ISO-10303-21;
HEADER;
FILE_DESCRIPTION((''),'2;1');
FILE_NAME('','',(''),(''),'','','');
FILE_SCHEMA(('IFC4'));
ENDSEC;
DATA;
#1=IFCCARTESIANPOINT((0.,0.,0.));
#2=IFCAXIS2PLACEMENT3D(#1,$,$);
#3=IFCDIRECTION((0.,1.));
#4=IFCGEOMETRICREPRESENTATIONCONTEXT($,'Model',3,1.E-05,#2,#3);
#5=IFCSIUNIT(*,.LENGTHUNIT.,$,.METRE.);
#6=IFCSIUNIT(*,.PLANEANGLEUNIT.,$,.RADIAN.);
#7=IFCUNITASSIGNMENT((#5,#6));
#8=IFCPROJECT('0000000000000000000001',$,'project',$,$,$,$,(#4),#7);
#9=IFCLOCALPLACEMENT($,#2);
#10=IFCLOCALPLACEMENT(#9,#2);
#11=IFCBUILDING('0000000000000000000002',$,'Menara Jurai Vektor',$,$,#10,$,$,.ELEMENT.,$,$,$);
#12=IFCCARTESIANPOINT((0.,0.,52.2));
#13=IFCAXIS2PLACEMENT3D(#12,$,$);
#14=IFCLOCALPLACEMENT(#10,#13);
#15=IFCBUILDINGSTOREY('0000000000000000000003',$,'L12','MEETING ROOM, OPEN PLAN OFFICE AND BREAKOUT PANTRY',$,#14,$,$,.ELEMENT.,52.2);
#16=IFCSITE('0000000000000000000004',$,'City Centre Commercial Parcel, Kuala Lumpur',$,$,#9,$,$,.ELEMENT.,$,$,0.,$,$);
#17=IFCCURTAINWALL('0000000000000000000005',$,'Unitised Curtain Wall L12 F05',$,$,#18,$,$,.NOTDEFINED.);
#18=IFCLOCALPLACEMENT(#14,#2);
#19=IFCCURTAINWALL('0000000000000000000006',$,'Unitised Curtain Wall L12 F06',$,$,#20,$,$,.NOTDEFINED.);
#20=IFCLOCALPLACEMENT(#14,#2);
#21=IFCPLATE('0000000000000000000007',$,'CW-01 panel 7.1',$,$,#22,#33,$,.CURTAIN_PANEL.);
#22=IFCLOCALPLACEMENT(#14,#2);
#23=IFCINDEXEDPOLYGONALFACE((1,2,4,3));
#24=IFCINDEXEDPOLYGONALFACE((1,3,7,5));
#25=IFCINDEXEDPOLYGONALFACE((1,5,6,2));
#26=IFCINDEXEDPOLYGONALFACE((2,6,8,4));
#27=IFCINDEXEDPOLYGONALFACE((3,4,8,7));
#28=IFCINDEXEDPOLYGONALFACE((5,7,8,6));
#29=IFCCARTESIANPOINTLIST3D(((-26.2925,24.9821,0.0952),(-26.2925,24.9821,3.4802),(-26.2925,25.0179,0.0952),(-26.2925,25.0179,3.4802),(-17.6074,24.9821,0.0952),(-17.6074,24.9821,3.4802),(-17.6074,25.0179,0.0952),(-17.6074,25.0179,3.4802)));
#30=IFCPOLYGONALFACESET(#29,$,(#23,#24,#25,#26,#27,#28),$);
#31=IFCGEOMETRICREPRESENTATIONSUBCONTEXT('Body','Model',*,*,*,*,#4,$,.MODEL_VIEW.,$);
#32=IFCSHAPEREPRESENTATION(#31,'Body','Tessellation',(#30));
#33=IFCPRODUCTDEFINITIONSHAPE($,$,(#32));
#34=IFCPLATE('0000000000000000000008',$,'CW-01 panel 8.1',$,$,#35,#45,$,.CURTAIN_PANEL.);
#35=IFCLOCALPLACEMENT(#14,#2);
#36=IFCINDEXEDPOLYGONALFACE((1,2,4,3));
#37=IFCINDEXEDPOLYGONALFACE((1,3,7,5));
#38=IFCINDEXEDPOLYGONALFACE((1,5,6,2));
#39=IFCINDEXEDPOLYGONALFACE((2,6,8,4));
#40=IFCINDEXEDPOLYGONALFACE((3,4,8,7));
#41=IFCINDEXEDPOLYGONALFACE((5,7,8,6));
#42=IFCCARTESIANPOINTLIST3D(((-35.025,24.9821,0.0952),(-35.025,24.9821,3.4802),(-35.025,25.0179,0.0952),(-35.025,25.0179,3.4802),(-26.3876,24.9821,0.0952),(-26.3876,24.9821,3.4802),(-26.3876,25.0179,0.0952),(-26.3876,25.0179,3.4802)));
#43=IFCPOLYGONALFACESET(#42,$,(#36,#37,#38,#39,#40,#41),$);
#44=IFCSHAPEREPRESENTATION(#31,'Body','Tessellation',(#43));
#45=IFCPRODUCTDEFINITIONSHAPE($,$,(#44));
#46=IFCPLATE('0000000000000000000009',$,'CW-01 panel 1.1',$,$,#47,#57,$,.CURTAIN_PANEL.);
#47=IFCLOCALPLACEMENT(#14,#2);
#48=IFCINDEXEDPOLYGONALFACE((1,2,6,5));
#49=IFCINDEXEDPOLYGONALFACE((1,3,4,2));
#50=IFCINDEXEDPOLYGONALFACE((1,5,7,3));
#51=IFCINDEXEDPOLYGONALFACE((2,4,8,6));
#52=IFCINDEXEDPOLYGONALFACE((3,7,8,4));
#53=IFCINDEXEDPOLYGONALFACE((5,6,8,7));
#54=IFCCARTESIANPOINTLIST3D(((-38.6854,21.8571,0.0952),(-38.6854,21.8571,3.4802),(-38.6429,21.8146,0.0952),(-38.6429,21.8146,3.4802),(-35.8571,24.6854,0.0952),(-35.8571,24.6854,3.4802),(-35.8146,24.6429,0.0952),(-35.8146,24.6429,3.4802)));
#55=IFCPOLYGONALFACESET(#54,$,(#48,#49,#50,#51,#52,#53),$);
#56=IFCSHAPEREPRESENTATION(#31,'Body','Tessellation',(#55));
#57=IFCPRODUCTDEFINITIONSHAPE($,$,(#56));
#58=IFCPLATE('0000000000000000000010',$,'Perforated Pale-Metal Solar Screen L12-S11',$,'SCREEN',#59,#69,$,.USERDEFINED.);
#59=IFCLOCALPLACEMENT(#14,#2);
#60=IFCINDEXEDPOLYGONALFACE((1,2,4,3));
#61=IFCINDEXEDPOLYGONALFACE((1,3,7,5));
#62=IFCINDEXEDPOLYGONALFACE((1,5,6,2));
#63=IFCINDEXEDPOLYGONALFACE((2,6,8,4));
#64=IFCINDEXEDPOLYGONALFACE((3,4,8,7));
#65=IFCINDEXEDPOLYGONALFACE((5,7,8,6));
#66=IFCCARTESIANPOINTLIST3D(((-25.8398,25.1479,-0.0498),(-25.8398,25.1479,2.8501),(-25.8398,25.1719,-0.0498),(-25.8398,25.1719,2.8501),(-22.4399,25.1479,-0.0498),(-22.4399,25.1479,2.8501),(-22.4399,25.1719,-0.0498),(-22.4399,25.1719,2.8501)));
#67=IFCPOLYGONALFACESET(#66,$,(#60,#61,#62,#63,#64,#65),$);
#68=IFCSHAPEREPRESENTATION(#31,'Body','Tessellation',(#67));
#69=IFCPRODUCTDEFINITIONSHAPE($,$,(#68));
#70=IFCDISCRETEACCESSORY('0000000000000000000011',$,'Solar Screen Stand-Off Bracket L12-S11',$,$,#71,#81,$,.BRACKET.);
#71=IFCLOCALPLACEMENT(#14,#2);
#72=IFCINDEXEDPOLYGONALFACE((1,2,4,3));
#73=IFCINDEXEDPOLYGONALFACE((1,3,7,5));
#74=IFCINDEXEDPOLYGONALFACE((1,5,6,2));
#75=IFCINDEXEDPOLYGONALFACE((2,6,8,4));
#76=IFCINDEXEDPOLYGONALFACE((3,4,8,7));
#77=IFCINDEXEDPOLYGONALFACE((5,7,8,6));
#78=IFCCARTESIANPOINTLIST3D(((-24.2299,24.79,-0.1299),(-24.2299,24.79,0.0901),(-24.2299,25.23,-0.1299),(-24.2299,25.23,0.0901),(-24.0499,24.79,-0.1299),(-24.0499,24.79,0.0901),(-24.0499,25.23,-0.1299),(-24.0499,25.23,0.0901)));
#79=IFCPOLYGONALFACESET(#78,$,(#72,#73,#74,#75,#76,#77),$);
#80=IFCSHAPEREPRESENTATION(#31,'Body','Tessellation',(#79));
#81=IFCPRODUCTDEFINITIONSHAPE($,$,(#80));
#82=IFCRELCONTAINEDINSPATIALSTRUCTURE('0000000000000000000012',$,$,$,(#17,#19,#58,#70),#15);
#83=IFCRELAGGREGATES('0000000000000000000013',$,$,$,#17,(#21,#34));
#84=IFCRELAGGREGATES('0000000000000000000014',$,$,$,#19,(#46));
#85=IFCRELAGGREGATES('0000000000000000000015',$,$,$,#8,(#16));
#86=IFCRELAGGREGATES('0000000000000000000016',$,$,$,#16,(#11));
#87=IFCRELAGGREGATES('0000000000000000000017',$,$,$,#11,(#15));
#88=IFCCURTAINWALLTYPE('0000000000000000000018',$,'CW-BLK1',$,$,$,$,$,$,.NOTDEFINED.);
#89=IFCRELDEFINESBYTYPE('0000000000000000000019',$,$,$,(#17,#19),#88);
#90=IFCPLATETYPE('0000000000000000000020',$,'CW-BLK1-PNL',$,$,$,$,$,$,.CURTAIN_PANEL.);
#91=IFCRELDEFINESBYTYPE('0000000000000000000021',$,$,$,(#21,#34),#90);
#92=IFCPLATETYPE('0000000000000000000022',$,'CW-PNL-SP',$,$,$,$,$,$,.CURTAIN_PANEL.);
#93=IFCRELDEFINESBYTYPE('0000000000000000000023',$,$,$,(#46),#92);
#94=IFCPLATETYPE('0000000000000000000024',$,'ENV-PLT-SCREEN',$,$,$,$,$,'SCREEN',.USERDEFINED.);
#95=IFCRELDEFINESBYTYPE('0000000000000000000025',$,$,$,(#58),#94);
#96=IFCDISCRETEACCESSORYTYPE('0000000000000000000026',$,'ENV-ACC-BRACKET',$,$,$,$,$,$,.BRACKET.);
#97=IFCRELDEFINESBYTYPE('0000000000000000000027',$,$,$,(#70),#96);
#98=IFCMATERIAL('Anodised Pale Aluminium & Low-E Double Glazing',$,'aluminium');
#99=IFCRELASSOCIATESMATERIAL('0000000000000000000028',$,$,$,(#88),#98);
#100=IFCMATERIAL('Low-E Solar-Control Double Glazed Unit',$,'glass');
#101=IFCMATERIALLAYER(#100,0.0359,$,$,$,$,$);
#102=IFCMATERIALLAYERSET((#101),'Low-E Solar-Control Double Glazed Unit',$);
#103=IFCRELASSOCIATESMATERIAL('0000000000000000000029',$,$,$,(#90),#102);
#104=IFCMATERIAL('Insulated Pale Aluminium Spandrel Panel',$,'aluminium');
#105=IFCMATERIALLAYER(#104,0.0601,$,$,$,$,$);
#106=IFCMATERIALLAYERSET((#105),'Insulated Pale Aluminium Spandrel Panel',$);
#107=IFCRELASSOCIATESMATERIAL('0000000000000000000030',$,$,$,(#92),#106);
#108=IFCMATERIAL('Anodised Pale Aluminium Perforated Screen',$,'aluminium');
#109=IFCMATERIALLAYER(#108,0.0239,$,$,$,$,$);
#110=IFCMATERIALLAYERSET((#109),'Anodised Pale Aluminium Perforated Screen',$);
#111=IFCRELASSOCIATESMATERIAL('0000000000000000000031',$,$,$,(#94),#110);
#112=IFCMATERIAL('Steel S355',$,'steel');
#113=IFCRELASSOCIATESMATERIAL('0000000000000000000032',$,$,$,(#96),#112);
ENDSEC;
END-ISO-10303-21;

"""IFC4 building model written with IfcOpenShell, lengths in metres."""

from ifc_helpers import new_model, si_unit, direction, frame, origin, origin_2d, place, context, subcontext, project, spatial, rectangle, extrude, material, layer, layer_set, type_object, element, aggregate, save


model = new_model("IFC4")

# Units and contexts
model_context = context("Model", 3, precision=1e-05, world=origin(), true_north=direction((0.0, 1.0)))
body_context = subcontext(model_context, "Body", "Model", "MODEL_VIEW")
ifc_project = project(units=[si_unit("LENGTHUNIT", "METRE"), si_unit("PLANEANGLEUNIT", "RADIAN")], contexts=[model_context])

# Site, building, storey
site_placement = place(None, origin())
site = spatial("IfcSite", under=ifc_project, at=site_placement, Name="City Centre Commercial Parcel, Kuala Lumpur", CompositionType="ELEMENT", RefElevation=0.0)
building_placement = place(site_placement, origin())
building = spatial("IfcBuilding", under=site, at=building_placement, Name="Menara Jurai Vektor", CompositionType="ELEMENT")
storey_placement = place(building_placement, frame((0.0, 0.0, 52.2)))
storey = spatial("IfcBuildingStorey", under=building, at=storey_placement, Name="L12", Description="MEETING ROOM, OPEN PLAN OFFICE AND BREAKOUT PANTRY", CompositionType="ELEMENT", Elevation=52.2)

# Curtain walls
ifc_material_1 = material(Name="Anodised Pale Aluminium & Low-E Double Glazing", Category="aluminium")
curtain_wall_type = type_object("IfcCurtainWallType", Name="CW-BLK1", PredefinedType="NOTDEFINED", material=ifc_material_1)
curtain_wall_1_placement = place(storey_placement, origin())
curtain_wall_1 = element("IfcCurtainWall", 1, at=curtain_wall_1_placement, inside=storey, type_object=curtain_wall_type, Name="Unitised Curtain Wall L12 F05", PredefinedType="NOTDEFINED")
curtain_wall_2_placement = place(storey_placement, origin())
curtain_wall_2 = element("IfcCurtainWall", 2, at=curtain_wall_2_placement, inside=storey, type_object=curtain_wall_type, Name="Unitised Curtain Wall L12 F06", PredefinedType="NOTDEFINED")

# Shared definitions
ifc_material_2 = material(Name="Steel S355", Category="steel")

# Plates
ifc_material_3 = material(Name="Low-E Solar-Control Double Glazed Unit", Category="glass")
ifc_layer_1 = layer(ifc_material_3, 0.0359)
ifc_layer_set_1 = layer_set([ifc_layer_1], Name="Low-E Solar-Control Double Glazed Unit")
plate_type_1 = type_object("IfcPlateType", Name="CW-BLK1-PNL", PredefinedType="CURTAIN_PANEL", material=ifc_layer_set_1)
plate_1_placement = place(storey_placement, frame((-21.95, 25.0, 0.0952), z_axis=(0.0, 0.0, 1.0), x_axis=(-1.0, 0.0, 0.0)))
plate_1 = element("IfcPlate", 3, at=plate_1_placement, type_object=plate_type_1, Name="CW-01 panel 7.1", PredefinedType="CURTAIN_PANEL", context=body_context, shape_type="SweptSolid", body=[
    extrude(rectangle(XDim=8.6851, YDim=0.0359, at=origin_2d()), origin(), (0.0, 0.0, 1.0), 3.385),
])
plate_2_placement = place(storey_placement, frame((-30.7063, 25.0, 0.0952), z_axis=(0.0, 0.0, 1.0), x_axis=(-1.0, 0.0, 0.0)))
plate_2 = element("IfcPlate", 4, at=plate_2_placement, type_object=plate_type_1, Name="CW-01 panel 8.1", PredefinedType="CURTAIN_PANEL", context=body_context, shape_type="SweptSolid", body=[
    extrude(rectangle(XDim=8.6375, YDim=0.0359, at=origin_2d()), origin(), (0.0, 0.0, 1.0), 3.385),
])
aggregate(curtain_wall_1, [plate_1, plate_2])
ifc_material_4 = material(Name="Insulated Pale Aluminium Spandrel Panel", Category="aluminium")
ifc_layer_2 = layer(ifc_material_4, 0.0601)
ifc_layer_set_2 = layer_set([ifc_layer_2], Name="Insulated Pale Aluminium Spandrel Panel")
plate_type_2 = type_object("IfcPlateType", Name="CW-PNL-SP", PredefinedType="CURTAIN_PANEL", material=ifc_layer_set_2)
plate_3_placement = place(storey_placement, frame((-37.25, 23.25, 0.0952), z_axis=(0.0, 0.0, 1.0), x_axis=(-0.707107, -0.707107, 0.0)))
plate_3 = element("IfcPlate", 5, at=plate_3_placement, type_object=plate_type_2, Name="CW-01 panel 1.1", PredefinedType="CURTAIN_PANEL", context=body_context, shape_type="SweptSolid", body=[
    extrude(rectangle(XDim=3.9998, YDim=0.0601, at=origin_2d()), origin(), (0.0, 0.0, 1.0), 3.385),
])
aggregate(curtain_wall_2, [plate_3])
ifc_material_5 = material(Name="Anodised Pale Aluminium Perforated Screen", Category="aluminium")
ifc_layer_3 = layer(ifc_material_5, 0.0239)
ifc_layer_set_3 = layer_set([ifc_layer_3], Name="Anodised Pale Aluminium Perforated Screen")
plate_type_3 = type_object("IfcPlateType", Name="ENV-PLT-SCREEN", ElementType="SCREEN", PredefinedType="USERDEFINED", material=ifc_layer_set_3)
plate_4_placement = place(storey_placement, frame((-24.1399, 25.1599, -0.0498), z_axis=(0.0, 0.0, 1.0), x_axis=(-1.0, 0.0, 0.0)))
element("IfcPlate", 6, at=plate_4_placement, inside=storey, type_object=plate_type_3, Name="Perforated Pale-Metal Solar Screen L12-S11", ObjectType="SCREEN", PredefinedType="USERDEFINED", context=body_context, shape_type="SweptSolid", body=[
    extrude(rectangle(XDim=3.3999, YDim=0.0239, at=origin_2d()), origin(), (0.0, 0.0, 1.0), 2.8999),
])

# Discrete accessory
discrete_accessory_type = type_object("IfcDiscreteAccessoryType", Name="ENV-ACC-BRACKET", PredefinedType="BRACKET", material=ifc_material_2)
discrete_accessory_placement = place(storey_placement, frame((-24.1399, 25.01, -0.1299), z_axis=(0.0, 0.0, 1.0), x_axis=(-1.0, 0.0, 0.0)))
element("IfcDiscreteAccessory", 7, at=discrete_accessory_placement, inside=storey, type_object=discrete_accessory_type, Name="Solar Screen Stand-Off Bracket L12-S11", PredefinedType="BRACKET", context=body_context, shape_type="SweptSolid", body=[
    extrude(rectangle(XDim=0.1799, YDim=0.4399, at=origin_2d()), origin(), (0.0, 0.0, 1.0), 0.22),
])

save(model, "model.ifc")
